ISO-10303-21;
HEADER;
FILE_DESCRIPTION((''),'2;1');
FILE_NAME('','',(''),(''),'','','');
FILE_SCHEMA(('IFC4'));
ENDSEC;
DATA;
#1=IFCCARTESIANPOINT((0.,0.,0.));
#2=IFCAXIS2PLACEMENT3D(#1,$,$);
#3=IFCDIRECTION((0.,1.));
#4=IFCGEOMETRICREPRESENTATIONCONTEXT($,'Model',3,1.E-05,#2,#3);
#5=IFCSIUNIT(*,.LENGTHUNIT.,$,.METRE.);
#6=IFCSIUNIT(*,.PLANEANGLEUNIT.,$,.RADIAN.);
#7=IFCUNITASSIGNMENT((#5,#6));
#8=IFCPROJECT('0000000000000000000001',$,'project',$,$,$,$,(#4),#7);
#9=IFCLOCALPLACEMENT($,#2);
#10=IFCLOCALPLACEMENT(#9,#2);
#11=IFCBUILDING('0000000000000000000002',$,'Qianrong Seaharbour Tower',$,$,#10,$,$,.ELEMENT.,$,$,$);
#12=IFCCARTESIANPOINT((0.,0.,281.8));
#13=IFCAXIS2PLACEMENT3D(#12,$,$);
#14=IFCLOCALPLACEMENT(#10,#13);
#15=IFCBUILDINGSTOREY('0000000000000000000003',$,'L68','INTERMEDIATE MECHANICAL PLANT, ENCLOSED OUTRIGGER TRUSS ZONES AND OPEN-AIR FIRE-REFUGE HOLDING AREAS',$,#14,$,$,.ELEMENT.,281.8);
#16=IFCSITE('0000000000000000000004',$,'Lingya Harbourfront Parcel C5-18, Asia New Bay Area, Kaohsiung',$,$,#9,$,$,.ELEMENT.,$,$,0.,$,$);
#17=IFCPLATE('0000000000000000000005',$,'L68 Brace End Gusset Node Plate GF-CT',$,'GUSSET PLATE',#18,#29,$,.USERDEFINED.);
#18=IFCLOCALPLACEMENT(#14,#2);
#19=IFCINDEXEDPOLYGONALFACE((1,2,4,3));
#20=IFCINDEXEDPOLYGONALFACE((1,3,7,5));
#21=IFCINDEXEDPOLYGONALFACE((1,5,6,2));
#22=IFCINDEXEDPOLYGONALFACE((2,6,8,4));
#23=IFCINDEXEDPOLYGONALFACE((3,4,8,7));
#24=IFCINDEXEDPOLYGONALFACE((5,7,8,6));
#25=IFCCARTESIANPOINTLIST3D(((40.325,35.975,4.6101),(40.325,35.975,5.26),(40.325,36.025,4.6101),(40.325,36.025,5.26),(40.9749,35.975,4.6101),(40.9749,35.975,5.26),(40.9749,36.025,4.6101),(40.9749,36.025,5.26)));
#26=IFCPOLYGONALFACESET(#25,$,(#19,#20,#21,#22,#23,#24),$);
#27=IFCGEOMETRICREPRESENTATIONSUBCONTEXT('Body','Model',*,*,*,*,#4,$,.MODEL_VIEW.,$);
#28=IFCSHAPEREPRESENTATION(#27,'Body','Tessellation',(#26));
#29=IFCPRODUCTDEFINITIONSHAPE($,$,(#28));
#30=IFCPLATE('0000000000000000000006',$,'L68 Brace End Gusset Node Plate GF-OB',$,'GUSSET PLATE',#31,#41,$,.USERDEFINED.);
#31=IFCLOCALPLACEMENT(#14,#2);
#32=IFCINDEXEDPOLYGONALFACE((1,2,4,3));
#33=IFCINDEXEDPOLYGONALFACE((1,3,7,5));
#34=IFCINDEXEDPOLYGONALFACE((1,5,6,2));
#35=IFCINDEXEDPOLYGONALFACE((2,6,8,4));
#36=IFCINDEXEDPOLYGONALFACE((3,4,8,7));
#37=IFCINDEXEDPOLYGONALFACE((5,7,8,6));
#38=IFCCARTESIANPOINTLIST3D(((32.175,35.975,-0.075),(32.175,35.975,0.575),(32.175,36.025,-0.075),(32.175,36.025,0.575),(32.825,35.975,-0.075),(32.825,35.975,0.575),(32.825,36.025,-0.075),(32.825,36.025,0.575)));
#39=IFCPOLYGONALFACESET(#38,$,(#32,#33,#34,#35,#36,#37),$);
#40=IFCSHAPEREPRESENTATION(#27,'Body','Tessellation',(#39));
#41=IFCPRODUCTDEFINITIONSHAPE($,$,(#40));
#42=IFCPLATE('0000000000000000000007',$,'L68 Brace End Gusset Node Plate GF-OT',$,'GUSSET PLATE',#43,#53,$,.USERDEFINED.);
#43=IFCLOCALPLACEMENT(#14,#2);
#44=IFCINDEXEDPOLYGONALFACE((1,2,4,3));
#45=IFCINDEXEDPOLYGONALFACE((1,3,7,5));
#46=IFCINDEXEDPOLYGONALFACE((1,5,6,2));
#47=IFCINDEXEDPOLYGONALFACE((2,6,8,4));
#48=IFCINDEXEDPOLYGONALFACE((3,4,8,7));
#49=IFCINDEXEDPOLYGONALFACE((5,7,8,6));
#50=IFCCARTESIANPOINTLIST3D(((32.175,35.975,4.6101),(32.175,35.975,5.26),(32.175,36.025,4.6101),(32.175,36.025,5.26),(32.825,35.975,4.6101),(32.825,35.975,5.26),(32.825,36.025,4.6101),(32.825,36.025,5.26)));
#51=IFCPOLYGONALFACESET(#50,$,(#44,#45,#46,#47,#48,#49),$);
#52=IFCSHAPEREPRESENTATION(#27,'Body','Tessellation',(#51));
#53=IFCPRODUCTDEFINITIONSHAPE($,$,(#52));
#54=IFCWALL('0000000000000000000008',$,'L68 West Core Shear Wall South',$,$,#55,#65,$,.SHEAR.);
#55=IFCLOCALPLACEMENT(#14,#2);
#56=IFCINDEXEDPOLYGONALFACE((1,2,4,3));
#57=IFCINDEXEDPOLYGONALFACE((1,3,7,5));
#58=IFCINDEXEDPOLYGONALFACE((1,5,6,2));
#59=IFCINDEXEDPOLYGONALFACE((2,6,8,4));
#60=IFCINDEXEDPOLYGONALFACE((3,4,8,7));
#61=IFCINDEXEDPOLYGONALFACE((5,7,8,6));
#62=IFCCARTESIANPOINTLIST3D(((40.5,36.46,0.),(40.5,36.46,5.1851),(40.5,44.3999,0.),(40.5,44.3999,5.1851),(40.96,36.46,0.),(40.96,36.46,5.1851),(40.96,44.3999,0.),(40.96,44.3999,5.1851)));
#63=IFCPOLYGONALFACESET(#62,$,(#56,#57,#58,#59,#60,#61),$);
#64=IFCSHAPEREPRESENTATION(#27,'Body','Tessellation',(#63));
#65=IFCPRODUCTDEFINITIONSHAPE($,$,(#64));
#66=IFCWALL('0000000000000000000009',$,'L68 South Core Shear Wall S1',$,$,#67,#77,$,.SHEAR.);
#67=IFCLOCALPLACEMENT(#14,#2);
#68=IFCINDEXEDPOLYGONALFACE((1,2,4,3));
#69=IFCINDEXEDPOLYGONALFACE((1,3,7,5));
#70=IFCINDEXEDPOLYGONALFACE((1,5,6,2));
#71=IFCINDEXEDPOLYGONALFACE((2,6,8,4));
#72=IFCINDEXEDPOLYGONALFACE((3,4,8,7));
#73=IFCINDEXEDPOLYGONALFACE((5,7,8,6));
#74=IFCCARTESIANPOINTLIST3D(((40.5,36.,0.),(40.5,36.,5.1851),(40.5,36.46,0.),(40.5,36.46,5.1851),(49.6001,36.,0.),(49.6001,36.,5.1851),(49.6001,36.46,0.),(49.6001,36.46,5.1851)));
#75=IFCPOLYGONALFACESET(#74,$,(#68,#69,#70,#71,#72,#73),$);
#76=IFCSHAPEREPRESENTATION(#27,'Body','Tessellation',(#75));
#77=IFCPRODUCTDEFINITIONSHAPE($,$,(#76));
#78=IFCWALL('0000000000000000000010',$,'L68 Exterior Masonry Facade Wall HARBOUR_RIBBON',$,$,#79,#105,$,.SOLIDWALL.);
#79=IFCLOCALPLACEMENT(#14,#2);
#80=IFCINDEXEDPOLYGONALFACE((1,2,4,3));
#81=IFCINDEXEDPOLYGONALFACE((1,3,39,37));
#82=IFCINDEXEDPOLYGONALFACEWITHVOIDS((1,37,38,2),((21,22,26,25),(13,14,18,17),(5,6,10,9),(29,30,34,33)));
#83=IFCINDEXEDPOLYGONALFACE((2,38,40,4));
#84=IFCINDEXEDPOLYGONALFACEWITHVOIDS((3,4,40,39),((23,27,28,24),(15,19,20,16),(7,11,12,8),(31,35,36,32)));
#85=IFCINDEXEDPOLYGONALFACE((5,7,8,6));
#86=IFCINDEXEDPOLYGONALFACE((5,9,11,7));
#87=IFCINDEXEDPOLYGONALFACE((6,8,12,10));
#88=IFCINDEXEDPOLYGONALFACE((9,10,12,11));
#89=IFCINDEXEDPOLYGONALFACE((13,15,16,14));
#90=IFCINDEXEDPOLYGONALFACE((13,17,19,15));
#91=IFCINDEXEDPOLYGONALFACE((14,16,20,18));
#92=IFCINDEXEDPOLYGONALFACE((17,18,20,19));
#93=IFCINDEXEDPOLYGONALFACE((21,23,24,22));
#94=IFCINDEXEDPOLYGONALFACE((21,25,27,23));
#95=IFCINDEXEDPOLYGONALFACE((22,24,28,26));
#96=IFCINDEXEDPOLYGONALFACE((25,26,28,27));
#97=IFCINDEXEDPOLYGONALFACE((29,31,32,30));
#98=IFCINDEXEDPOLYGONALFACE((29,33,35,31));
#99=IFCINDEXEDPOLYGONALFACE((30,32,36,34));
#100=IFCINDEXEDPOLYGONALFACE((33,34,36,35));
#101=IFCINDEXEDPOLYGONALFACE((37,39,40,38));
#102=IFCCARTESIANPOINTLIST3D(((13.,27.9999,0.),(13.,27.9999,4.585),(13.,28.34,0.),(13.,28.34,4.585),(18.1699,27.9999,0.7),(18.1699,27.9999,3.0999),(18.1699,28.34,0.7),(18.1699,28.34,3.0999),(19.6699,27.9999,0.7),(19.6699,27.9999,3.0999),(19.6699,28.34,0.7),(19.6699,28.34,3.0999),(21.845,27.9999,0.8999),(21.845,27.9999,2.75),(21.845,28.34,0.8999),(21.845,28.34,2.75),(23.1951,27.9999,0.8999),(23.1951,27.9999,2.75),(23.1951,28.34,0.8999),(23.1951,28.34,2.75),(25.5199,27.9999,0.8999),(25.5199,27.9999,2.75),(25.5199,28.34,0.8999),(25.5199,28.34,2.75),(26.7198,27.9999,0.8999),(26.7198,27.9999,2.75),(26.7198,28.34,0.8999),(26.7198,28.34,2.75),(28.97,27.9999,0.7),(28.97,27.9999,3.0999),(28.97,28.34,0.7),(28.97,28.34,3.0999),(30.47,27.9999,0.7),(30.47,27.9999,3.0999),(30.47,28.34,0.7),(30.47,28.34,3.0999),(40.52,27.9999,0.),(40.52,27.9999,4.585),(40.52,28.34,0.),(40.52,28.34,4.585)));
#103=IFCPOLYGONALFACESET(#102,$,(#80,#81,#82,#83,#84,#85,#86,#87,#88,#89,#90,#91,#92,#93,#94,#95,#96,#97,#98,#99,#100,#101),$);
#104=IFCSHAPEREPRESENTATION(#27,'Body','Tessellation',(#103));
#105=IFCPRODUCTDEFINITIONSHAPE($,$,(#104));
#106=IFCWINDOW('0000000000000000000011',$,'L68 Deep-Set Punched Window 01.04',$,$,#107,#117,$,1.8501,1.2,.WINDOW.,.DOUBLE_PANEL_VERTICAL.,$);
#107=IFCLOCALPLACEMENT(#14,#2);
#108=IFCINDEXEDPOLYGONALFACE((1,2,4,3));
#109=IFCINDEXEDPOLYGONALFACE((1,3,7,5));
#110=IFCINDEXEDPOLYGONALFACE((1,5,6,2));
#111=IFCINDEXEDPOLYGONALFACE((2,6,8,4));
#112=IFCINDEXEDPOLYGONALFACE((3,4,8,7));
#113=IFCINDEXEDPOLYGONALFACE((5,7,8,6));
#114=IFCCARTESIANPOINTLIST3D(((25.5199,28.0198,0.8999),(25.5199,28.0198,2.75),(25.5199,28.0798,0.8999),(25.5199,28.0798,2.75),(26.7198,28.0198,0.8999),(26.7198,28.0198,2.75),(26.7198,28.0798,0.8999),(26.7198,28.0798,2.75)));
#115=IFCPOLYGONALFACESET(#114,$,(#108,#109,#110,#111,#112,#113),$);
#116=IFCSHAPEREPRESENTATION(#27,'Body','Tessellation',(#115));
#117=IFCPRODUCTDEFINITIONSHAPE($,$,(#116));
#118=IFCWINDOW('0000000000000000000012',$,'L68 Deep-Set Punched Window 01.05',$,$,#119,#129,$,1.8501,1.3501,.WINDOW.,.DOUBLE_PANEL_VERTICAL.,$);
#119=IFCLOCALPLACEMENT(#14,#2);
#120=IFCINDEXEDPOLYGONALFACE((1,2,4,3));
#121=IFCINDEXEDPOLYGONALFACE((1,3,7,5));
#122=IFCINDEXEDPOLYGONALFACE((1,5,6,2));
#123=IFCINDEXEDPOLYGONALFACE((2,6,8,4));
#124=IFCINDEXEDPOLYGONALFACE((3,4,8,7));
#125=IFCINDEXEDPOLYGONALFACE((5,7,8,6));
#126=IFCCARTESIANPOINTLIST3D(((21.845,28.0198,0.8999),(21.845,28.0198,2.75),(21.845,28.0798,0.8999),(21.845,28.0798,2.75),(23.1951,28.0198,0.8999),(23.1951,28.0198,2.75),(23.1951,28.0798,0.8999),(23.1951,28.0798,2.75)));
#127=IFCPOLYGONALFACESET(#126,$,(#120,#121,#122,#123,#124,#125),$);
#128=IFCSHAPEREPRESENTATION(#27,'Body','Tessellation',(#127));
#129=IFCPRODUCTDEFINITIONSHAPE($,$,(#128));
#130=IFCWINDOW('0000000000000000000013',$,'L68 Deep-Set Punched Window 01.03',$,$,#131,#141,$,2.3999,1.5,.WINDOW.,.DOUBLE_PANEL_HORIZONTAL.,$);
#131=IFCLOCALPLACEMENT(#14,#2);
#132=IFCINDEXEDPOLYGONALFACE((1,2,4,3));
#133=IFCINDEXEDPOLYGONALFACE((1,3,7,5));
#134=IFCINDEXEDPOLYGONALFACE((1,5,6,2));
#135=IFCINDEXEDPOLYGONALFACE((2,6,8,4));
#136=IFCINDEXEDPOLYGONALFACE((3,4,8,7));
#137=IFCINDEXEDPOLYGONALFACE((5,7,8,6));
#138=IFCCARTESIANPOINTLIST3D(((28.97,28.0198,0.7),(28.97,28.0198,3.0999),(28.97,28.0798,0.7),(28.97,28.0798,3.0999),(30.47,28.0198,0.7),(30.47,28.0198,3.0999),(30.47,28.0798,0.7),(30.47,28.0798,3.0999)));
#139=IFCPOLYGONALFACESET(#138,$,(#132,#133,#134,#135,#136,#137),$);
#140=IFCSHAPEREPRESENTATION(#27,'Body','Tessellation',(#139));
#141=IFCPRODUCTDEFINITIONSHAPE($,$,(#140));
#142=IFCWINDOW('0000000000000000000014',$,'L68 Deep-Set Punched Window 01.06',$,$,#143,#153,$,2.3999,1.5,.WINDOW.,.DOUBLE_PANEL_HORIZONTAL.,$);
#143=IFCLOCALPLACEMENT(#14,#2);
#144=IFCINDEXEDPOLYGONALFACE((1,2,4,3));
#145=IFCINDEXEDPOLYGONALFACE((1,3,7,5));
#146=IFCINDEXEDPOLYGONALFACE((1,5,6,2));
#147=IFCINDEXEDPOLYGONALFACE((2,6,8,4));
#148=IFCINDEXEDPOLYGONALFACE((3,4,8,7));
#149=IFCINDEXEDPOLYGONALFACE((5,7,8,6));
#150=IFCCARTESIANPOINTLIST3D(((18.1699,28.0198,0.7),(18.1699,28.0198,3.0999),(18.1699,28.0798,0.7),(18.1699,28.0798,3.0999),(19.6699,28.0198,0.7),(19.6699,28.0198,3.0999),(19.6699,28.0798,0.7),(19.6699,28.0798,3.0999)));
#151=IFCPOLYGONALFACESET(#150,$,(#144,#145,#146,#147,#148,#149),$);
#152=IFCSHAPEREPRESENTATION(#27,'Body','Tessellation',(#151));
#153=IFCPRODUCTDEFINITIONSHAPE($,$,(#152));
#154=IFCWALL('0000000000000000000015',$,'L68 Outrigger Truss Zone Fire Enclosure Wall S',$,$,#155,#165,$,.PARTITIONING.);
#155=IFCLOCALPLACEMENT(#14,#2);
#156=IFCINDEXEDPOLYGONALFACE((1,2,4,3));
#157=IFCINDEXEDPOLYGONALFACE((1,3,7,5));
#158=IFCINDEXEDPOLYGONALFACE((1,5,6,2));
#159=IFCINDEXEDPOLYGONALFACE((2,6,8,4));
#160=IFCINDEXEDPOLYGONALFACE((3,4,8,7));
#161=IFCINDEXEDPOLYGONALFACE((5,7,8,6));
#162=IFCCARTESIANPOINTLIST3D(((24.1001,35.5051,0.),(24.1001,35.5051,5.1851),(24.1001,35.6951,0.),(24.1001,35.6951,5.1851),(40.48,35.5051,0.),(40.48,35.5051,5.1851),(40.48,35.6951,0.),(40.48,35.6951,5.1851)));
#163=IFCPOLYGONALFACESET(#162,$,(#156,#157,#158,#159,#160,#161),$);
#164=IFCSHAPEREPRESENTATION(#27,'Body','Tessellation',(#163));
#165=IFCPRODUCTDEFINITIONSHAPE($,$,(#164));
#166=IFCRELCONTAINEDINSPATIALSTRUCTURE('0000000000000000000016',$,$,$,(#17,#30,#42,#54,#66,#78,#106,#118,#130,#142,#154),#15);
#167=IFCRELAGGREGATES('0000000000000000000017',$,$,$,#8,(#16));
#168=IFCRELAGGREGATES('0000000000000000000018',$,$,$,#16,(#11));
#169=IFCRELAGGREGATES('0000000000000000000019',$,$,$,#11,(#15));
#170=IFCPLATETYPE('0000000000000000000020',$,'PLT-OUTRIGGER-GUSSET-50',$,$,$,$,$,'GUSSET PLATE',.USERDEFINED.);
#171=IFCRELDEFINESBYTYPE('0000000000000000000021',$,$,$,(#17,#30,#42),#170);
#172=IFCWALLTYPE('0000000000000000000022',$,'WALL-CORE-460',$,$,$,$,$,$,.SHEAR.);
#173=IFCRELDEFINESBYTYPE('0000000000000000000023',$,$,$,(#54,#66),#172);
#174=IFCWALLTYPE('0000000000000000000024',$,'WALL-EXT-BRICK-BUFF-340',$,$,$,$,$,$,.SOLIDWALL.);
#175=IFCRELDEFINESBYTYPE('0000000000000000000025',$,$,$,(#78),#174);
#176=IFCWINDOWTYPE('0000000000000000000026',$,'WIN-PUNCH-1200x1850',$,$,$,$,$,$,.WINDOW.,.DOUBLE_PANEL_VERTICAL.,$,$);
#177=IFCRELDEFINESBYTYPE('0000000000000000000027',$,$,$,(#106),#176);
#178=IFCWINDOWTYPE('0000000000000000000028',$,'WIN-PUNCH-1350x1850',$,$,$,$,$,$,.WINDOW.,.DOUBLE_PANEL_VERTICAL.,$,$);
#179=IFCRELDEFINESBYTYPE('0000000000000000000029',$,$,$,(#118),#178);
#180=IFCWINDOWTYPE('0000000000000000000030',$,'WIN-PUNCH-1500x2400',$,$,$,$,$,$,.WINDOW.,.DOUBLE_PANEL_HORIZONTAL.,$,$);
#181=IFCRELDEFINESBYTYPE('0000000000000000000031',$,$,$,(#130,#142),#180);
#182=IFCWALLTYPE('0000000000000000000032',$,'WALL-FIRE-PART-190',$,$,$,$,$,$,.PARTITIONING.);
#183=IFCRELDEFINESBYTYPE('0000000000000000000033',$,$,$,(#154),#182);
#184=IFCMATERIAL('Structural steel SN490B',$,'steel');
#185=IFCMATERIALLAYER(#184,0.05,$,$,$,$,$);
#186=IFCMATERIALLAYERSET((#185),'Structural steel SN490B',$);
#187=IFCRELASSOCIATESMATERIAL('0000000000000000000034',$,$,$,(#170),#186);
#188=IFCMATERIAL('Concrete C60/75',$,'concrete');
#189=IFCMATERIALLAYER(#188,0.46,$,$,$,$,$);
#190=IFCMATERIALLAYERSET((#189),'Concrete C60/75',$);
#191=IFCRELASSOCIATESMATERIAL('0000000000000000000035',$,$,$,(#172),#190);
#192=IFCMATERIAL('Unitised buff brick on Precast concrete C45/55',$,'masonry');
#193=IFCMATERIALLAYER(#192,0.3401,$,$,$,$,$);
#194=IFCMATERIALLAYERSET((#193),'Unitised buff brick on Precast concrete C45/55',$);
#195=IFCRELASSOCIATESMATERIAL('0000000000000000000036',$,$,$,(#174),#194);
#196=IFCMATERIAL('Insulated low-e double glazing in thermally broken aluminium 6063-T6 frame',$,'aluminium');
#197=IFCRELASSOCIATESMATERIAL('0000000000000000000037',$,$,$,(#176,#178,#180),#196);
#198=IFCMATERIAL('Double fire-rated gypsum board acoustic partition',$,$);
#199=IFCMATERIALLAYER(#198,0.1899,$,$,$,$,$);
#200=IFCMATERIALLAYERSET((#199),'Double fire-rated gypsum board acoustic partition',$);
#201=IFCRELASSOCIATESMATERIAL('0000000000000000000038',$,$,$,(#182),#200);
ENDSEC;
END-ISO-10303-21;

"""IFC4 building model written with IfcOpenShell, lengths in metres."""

from ifc_helpers import new_model, si_unit, direction, frame, frame_2d, origin, origin_2d, place, context, subcontext, project, spatial, rectangle, extrude, material, layer, layer_set, type_object, element, fill, save


model = new_model("IFC4")

# Units and contexts
model_context = context("Model", 3, precision=1e-05, world=origin(), true_north=direction((0.0, 1.0)))
body_context = subcontext(model_context, "Body", "Model", "MODEL_VIEW")
ifc_project = project(units=[si_unit("LENGTHUNIT", "METRE"), si_unit("PLANEANGLEUNIT", "RADIAN")], contexts=[model_context])

# Site, building, storey
site_placement = place(None, origin())
site = spatial("IfcSite", under=ifc_project, at=site_placement, Name="Lingya Harbourfront Parcel C5-18, Asia New Bay Area, Kaohsiung", CompositionType="ELEMENT", RefElevation=0.0)
building_placement = place(site_placement, origin())
building = spatial("IfcBuilding", under=site, at=building_placement, Name="Qianrong Seaharbour Tower", CompositionType="ELEMENT")
storey_placement = place(building_placement, frame((0.0, 0.0, 281.8)))
storey = spatial("IfcBuildingStorey", under=building, at=storey_placement, Name="L68", Description="INTERMEDIATE MECHANICAL PLANT, ENCLOSED OUTRIGGER TRUSS ZONES AND OPEN-AIR FIRE-REFUGE HOLDING AREAS", CompositionType="ELEMENT", Elevation=281.8)

# Shared definitions
ifc_material_1 = material(Name="Structural steel SN490B", Category="steel")

# Plates
ifc_layer_1 = layer(ifc_material_1, 0.05)
ifc_layer_set_1 = layer_set([ifc_layer_1], Name="Structural steel SN490B")
plate_type = type_object("IfcPlateType", Name="PLT-OUTRIGGER-GUSSET-50", ElementType="GUSSET PLATE", PredefinedType="USERDEFINED", material=ifc_layer_set_1)
for number, where, z_axis, x_axis, name in (
    (1, (40.6499, 36.0, 4.6101), (0.0, 0.0, 1.0), (1.0, 0.0, 0.0), "L68 Brace End Gusset Node Plate GF-CT"),
    (2, (32.5, 36.0, -0.075), (0.0, 0.0, 1.0), (1.0, 0.0, 0.0), "L68 Brace End Gusset Node Plate GF-OB"),
    (3, (32.5, 36.0, 4.6101), (0.0, 0.0, 1.0), (1.0, 0.0, 0.0), "L68 Brace End Gusset Node Plate GF-OT"),
):
    element("IfcPlate", number, at=place(storey_placement, frame(where, z_axis=z_axis, x_axis=x_axis)), inside=storey, type_object=plate_type, Name=name, ObjectType="GUSSET PLATE", PredefinedType="USERDEFINED", context=body_context, shape_type="SweptSolid", body=[
        extrude(rectangle(XDim=0.6499, YDim=0.05, at=origin_2d()), origin(), (0.0, 0.0, 1.0), 0.6499),
    ])

# Walls
ifc_material_2 = material(Name="Concrete C60/75", Category="concrete")
ifc_layer_2 = layer(ifc_material_2, 0.46)
ifc_layer_set_2 = layer_set([ifc_layer_2], Name="Concrete C60/75")
wall_type_1 = type_object("IfcWallType", Name="WALL-CORE-460", PredefinedType="SHEAR", material=ifc_layer_set_2)
wall_1_placement = place(storey_placement, frame((40.73, 36.46, 0.0), z_axis=(0.0, 0.0, 1.0), x_axis=(0.0, 1.0, 0.0)))
element("IfcWall", 4, at=wall_1_placement, inside=storey, type_object=wall_type_1, Name="L68 West Core Shear Wall South", PredefinedType="SHEAR", context=body_context, shape_type="SweptSolid", body=[
    extrude(rectangle(XDim=7.9399, YDim=0.46, at=frame_2d((3.97, 0.0))), origin(), (0.0, 0.0, 1.0), 5.1851),
])
wall_2_placement = place(storey_placement, frame((40.5, 36.23, 0.0), z_axis=(0.0, 0.0, 1.0), x_axis=(1.0, 0.0, 0.0)))
element("IfcWall", 5, at=wall_2_placement, inside=storey, type_object=wall_type_1, Name="L68 South Core Shear Wall S1", PredefinedType="SHEAR", context=body_context, shape_type="SweptSolid", body=[
    extrude(rectangle(XDim=9.1001, YDim=0.46, at=frame_2d((4.55, 0.0))), origin(), (0.0, 0.0, 1.0), 5.1851),
])

# Wall, openings, windows
ifc_material_3 = material(Name="Unitised buff brick on Precast concrete C45/55", Category="masonry")
ifc_layer_3 = layer(ifc_material_3, 0.3401)
ifc_layer_set_3 = layer_set([ifc_layer_3], Name="Unitised buff brick on Precast concrete C45/55")
wall_type_2 = type_object("IfcWallType", Name="WALL-EXT-BRICK-BUFF-340", PredefinedType="SOLIDWALL", material=ifc_layer_set_3)
wall_3_placement = place(storey_placement, frame((40.52, 28.1699, 0.0), z_axis=(0.0, 0.0, 1.0), x_axis=(-1.0, 0.0, 0.0)))
wall_3 = element("IfcWall", 6, at=wall_3_placement, inside=storey, type_object=wall_type_2, Name="L68 Exterior Masonry Facade Wall HARBOUR_RIBBON", PredefinedType="SOLIDWALL", context=body_context, shape_type="SweptSolid", body=[
    extrude(rectangle(XDim=27.52, YDim=0.3401, at=frame_2d((13.76, 0.0))), origin(), (0.0, 0.0, 1.0), 4.585),
])
opening_1_placement = place(wall_3_placement, frame((10.05, 0.0, 0.7)))
opening_1 = element("IfcOpeningElement", 7, at=opening_1_placement, cuts=wall_3, PredefinedType="OPENING", context=body_context, shape_type="SweptSolid", body=[
    extrude(rectangle(XDim=1.5, YDim=2.3999, at=frame_2d((0.75, 1.2))), frame((0.0, 0.1802, 0.0), z_axis=(0.0, -1.0, 0.0), x_axis=(1.0, 0.0, 0.0)), (0.0, 0.0, 1.0), 0.3601),
])
opening_2_placement = place(wall_3_placement, frame((13.8, 0.0, 0.8999)))
opening_2 = element("IfcOpeningElement", 8, at=opening_2_placement, cuts=wall_3, PredefinedType="OPENING", context=body_context, shape_type="SweptSolid", body=[
    extrude(rectangle(XDim=1.2, YDim=1.8501, at=frame_2d((0.6001, 0.925))), frame((0.0, 0.1802, 0.0), z_axis=(0.0, -1.0, 0.0), x_axis=(1.0, 0.0, 0.0)), (0.0, 0.0, 1.0), 0.3601),
])
opening_3_placement = place(wall_3_placement, frame((17.325, 0.0, 0.8999)))
opening_3 = element("IfcOpeningElement", 9, at=opening_3_placement, cuts=wall_3, PredefinedType="OPENING", context=body_context, shape_type="SweptSolid", body=[
    extrude(rectangle(XDim=1.3501, YDim=1.8501, at=frame_2d((0.675, 0.925))), frame((0.0, 0.1802, 0.0), z_axis=(0.0, -1.0, 0.0), x_axis=(1.0, 0.0, 0.0)), (0.0, 0.0, 1.0), 0.3601),
])
opening_4_placement = place(wall_3_placement, frame((20.8501, 0.0, 0.7)))
opening_4 = element("IfcOpeningElement", 10, at=opening_4_placement, cuts=wall_3, PredefinedType="OPENING", context=body_context, shape_type="SweptSolid", body=[
    extrude(rectangle(XDim=1.5, YDim=2.3999, at=frame_2d((0.75, 1.2))), frame((0.0, 0.1802, 0.0), z_axis=(0.0, -1.0, 0.0), x_axis=(1.0, 0.0, 0.0)), (0.0, 0.0, 1.0), 0.3601),
])
ifc_material_4 = material(Name="Insulated low-e double glazing in thermally broken aluminium 6063-T6 frame", Category="aluminium")
window_type_1 = type_object("IfcWindowType", Name="WIN-PUNCH-1200x1850", PartitioningType="DOUBLE_PANEL_VERTICAL", PredefinedType="WINDOW", material=ifc_material_4)
window_1_placement = place(opening_2_placement, origin())
window_1 = element("IfcWindow", 11, at=window_1_placement, inside=storey, type_object=window_type_1, Name="L68 Deep-Set Punched Window 01.04", OverallHeight=1.8501, OverallWidth=1.2, PartitioningType="DOUBLE_PANEL_VERTICAL", PredefinedType="WINDOW", context=body_context, shape_type="SweptSolid", body=[
    extrude(rectangle(XDim=1.2, YDim=1.8501, at=frame_2d((0.6001, 0.925))), frame((0.0, 0.1501, 0.0), z_axis=(0.0, -1.0, 0.0), x_axis=(1.0, 0.0, 0.0)), (0.0, 0.0, 1.0), 0.0601),
])
fill(opening_2, window_1)
window_type_2 = type_object("IfcWindowType", Name="WIN-PUNCH-1350x1850", PartitioningType="DOUBLE_PANEL_VERTICAL", PredefinedType="WINDOW", material=ifc_material_4)
window_2_placement = place(opening_3_placement, origin())
window_2 = element("IfcWindow", 12, at=window_2_placement, inside=storey, type_object=window_type_2, Name="L68 Deep-Set Punched Window 01.05", OverallHeight=1.8501, OverallWidth=1.3501, PartitioningType="DOUBLE_PANEL_VERTICAL", PredefinedType="WINDOW", context=body_context, shape_type="SweptSolid", body=[
    extrude(rectangle(XDim=1.3501, YDim=1.8501, at=frame_2d((0.675, 0.925))), frame((0.0, 0.1501, 0.0), z_axis=(0.0, -1.0, 0.0), x_axis=(1.0, 0.0, 0.0)), (0.0, 0.0, 1.0), 0.0601),
])
fill(opening_3, window_2)
window_type_3 = type_object("IfcWindowType", Name="WIN-PUNCH-1500x2400", PartitioningType="DOUBLE_PANEL_HORIZONTAL", PredefinedType="WINDOW", material=ifc_material_4)
window_3_placement = place(opening_1_placement, origin())
window_3 = element("IfcWindow", 13, at=window_3_placement, inside=storey, type_object=window_type_3, Name="L68 Deep-Set Punched Window 01.03", OverallHeight=2.3999, OverallWidth=1.5, PartitioningType="DOUBLE_PANEL_HORIZONTAL", PredefinedType="WINDOW", context=body_context, shape_type="SweptSolid", body=[
    extrude(rectangle(XDim=1.5, YDim=2.3999, at=frame_2d((0.75, 1.2))), frame((0.0, 0.1501, 0.0), z_axis=(0.0, -1.0, 0.0), x_axis=(1.0, 0.0, 0.0)), (0.0, 0.0, 1.0), 0.0601),
])
fill(opening_1, window_3)
window_4_placement = place(opening_4_placement, origin())
window_4 = element("IfcWindow", 14, at=window_4_placement, inside=storey, type_object=window_type_3, Name="L68 Deep-Set Punched Window 01.06", OverallHeight=2.3999, OverallWidth=1.5, PartitioningType="DOUBLE_PANEL_HORIZONTAL", PredefinedType="WINDOW", context=body_context, shape_type="SweptSolid", body=[
    extrude(rectangle(XDim=1.5, YDim=2.3999, at=frame_2d((0.75, 1.2))), frame((0.0, 0.1501, 0.0), z_axis=(0.0, -1.0, 0.0), x_axis=(1.0, 0.0, 0.0)), (0.0, 0.0, 1.0), 0.0601),
])
fill(opening_4, window_4)

# Wall
ifc_material_5 = material(Name="Double fire-rated gypsum board acoustic partition")
ifc_layer_4 = layer(ifc_material_5, 0.1899)
ifc_layer_set_4 = layer_set([ifc_layer_4], Name="Double fire-rated gypsum board acoustic partition")
wall_type_3 = type_object("IfcWallType", Name="WALL-FIRE-PART-190", PredefinedType="PARTITIONING", material=ifc_layer_set_4)
wall_4_placement = place(storey_placement, frame((40.48, 35.6001, 0.0), z_axis=(0.0, 0.0, 1.0), x_axis=(-1.0, 0.0, 0.0)))
element("IfcWall", 15, at=wall_4_placement, inside=storey, type_object=wall_type_3, Name="L68 Outrigger Truss Zone Fire Enclosure Wall S", PredefinedType="PARTITIONING", context=body_context, shape_type="SweptSolid", body=[
    extrude(rectangle(XDim=16.3799, YDim=0.1899, at=frame_2d((8.1899, 0.0))), origin(), (0.0, 0.0, 1.0), 5.1851),
])

save(model, "model.ifc")
